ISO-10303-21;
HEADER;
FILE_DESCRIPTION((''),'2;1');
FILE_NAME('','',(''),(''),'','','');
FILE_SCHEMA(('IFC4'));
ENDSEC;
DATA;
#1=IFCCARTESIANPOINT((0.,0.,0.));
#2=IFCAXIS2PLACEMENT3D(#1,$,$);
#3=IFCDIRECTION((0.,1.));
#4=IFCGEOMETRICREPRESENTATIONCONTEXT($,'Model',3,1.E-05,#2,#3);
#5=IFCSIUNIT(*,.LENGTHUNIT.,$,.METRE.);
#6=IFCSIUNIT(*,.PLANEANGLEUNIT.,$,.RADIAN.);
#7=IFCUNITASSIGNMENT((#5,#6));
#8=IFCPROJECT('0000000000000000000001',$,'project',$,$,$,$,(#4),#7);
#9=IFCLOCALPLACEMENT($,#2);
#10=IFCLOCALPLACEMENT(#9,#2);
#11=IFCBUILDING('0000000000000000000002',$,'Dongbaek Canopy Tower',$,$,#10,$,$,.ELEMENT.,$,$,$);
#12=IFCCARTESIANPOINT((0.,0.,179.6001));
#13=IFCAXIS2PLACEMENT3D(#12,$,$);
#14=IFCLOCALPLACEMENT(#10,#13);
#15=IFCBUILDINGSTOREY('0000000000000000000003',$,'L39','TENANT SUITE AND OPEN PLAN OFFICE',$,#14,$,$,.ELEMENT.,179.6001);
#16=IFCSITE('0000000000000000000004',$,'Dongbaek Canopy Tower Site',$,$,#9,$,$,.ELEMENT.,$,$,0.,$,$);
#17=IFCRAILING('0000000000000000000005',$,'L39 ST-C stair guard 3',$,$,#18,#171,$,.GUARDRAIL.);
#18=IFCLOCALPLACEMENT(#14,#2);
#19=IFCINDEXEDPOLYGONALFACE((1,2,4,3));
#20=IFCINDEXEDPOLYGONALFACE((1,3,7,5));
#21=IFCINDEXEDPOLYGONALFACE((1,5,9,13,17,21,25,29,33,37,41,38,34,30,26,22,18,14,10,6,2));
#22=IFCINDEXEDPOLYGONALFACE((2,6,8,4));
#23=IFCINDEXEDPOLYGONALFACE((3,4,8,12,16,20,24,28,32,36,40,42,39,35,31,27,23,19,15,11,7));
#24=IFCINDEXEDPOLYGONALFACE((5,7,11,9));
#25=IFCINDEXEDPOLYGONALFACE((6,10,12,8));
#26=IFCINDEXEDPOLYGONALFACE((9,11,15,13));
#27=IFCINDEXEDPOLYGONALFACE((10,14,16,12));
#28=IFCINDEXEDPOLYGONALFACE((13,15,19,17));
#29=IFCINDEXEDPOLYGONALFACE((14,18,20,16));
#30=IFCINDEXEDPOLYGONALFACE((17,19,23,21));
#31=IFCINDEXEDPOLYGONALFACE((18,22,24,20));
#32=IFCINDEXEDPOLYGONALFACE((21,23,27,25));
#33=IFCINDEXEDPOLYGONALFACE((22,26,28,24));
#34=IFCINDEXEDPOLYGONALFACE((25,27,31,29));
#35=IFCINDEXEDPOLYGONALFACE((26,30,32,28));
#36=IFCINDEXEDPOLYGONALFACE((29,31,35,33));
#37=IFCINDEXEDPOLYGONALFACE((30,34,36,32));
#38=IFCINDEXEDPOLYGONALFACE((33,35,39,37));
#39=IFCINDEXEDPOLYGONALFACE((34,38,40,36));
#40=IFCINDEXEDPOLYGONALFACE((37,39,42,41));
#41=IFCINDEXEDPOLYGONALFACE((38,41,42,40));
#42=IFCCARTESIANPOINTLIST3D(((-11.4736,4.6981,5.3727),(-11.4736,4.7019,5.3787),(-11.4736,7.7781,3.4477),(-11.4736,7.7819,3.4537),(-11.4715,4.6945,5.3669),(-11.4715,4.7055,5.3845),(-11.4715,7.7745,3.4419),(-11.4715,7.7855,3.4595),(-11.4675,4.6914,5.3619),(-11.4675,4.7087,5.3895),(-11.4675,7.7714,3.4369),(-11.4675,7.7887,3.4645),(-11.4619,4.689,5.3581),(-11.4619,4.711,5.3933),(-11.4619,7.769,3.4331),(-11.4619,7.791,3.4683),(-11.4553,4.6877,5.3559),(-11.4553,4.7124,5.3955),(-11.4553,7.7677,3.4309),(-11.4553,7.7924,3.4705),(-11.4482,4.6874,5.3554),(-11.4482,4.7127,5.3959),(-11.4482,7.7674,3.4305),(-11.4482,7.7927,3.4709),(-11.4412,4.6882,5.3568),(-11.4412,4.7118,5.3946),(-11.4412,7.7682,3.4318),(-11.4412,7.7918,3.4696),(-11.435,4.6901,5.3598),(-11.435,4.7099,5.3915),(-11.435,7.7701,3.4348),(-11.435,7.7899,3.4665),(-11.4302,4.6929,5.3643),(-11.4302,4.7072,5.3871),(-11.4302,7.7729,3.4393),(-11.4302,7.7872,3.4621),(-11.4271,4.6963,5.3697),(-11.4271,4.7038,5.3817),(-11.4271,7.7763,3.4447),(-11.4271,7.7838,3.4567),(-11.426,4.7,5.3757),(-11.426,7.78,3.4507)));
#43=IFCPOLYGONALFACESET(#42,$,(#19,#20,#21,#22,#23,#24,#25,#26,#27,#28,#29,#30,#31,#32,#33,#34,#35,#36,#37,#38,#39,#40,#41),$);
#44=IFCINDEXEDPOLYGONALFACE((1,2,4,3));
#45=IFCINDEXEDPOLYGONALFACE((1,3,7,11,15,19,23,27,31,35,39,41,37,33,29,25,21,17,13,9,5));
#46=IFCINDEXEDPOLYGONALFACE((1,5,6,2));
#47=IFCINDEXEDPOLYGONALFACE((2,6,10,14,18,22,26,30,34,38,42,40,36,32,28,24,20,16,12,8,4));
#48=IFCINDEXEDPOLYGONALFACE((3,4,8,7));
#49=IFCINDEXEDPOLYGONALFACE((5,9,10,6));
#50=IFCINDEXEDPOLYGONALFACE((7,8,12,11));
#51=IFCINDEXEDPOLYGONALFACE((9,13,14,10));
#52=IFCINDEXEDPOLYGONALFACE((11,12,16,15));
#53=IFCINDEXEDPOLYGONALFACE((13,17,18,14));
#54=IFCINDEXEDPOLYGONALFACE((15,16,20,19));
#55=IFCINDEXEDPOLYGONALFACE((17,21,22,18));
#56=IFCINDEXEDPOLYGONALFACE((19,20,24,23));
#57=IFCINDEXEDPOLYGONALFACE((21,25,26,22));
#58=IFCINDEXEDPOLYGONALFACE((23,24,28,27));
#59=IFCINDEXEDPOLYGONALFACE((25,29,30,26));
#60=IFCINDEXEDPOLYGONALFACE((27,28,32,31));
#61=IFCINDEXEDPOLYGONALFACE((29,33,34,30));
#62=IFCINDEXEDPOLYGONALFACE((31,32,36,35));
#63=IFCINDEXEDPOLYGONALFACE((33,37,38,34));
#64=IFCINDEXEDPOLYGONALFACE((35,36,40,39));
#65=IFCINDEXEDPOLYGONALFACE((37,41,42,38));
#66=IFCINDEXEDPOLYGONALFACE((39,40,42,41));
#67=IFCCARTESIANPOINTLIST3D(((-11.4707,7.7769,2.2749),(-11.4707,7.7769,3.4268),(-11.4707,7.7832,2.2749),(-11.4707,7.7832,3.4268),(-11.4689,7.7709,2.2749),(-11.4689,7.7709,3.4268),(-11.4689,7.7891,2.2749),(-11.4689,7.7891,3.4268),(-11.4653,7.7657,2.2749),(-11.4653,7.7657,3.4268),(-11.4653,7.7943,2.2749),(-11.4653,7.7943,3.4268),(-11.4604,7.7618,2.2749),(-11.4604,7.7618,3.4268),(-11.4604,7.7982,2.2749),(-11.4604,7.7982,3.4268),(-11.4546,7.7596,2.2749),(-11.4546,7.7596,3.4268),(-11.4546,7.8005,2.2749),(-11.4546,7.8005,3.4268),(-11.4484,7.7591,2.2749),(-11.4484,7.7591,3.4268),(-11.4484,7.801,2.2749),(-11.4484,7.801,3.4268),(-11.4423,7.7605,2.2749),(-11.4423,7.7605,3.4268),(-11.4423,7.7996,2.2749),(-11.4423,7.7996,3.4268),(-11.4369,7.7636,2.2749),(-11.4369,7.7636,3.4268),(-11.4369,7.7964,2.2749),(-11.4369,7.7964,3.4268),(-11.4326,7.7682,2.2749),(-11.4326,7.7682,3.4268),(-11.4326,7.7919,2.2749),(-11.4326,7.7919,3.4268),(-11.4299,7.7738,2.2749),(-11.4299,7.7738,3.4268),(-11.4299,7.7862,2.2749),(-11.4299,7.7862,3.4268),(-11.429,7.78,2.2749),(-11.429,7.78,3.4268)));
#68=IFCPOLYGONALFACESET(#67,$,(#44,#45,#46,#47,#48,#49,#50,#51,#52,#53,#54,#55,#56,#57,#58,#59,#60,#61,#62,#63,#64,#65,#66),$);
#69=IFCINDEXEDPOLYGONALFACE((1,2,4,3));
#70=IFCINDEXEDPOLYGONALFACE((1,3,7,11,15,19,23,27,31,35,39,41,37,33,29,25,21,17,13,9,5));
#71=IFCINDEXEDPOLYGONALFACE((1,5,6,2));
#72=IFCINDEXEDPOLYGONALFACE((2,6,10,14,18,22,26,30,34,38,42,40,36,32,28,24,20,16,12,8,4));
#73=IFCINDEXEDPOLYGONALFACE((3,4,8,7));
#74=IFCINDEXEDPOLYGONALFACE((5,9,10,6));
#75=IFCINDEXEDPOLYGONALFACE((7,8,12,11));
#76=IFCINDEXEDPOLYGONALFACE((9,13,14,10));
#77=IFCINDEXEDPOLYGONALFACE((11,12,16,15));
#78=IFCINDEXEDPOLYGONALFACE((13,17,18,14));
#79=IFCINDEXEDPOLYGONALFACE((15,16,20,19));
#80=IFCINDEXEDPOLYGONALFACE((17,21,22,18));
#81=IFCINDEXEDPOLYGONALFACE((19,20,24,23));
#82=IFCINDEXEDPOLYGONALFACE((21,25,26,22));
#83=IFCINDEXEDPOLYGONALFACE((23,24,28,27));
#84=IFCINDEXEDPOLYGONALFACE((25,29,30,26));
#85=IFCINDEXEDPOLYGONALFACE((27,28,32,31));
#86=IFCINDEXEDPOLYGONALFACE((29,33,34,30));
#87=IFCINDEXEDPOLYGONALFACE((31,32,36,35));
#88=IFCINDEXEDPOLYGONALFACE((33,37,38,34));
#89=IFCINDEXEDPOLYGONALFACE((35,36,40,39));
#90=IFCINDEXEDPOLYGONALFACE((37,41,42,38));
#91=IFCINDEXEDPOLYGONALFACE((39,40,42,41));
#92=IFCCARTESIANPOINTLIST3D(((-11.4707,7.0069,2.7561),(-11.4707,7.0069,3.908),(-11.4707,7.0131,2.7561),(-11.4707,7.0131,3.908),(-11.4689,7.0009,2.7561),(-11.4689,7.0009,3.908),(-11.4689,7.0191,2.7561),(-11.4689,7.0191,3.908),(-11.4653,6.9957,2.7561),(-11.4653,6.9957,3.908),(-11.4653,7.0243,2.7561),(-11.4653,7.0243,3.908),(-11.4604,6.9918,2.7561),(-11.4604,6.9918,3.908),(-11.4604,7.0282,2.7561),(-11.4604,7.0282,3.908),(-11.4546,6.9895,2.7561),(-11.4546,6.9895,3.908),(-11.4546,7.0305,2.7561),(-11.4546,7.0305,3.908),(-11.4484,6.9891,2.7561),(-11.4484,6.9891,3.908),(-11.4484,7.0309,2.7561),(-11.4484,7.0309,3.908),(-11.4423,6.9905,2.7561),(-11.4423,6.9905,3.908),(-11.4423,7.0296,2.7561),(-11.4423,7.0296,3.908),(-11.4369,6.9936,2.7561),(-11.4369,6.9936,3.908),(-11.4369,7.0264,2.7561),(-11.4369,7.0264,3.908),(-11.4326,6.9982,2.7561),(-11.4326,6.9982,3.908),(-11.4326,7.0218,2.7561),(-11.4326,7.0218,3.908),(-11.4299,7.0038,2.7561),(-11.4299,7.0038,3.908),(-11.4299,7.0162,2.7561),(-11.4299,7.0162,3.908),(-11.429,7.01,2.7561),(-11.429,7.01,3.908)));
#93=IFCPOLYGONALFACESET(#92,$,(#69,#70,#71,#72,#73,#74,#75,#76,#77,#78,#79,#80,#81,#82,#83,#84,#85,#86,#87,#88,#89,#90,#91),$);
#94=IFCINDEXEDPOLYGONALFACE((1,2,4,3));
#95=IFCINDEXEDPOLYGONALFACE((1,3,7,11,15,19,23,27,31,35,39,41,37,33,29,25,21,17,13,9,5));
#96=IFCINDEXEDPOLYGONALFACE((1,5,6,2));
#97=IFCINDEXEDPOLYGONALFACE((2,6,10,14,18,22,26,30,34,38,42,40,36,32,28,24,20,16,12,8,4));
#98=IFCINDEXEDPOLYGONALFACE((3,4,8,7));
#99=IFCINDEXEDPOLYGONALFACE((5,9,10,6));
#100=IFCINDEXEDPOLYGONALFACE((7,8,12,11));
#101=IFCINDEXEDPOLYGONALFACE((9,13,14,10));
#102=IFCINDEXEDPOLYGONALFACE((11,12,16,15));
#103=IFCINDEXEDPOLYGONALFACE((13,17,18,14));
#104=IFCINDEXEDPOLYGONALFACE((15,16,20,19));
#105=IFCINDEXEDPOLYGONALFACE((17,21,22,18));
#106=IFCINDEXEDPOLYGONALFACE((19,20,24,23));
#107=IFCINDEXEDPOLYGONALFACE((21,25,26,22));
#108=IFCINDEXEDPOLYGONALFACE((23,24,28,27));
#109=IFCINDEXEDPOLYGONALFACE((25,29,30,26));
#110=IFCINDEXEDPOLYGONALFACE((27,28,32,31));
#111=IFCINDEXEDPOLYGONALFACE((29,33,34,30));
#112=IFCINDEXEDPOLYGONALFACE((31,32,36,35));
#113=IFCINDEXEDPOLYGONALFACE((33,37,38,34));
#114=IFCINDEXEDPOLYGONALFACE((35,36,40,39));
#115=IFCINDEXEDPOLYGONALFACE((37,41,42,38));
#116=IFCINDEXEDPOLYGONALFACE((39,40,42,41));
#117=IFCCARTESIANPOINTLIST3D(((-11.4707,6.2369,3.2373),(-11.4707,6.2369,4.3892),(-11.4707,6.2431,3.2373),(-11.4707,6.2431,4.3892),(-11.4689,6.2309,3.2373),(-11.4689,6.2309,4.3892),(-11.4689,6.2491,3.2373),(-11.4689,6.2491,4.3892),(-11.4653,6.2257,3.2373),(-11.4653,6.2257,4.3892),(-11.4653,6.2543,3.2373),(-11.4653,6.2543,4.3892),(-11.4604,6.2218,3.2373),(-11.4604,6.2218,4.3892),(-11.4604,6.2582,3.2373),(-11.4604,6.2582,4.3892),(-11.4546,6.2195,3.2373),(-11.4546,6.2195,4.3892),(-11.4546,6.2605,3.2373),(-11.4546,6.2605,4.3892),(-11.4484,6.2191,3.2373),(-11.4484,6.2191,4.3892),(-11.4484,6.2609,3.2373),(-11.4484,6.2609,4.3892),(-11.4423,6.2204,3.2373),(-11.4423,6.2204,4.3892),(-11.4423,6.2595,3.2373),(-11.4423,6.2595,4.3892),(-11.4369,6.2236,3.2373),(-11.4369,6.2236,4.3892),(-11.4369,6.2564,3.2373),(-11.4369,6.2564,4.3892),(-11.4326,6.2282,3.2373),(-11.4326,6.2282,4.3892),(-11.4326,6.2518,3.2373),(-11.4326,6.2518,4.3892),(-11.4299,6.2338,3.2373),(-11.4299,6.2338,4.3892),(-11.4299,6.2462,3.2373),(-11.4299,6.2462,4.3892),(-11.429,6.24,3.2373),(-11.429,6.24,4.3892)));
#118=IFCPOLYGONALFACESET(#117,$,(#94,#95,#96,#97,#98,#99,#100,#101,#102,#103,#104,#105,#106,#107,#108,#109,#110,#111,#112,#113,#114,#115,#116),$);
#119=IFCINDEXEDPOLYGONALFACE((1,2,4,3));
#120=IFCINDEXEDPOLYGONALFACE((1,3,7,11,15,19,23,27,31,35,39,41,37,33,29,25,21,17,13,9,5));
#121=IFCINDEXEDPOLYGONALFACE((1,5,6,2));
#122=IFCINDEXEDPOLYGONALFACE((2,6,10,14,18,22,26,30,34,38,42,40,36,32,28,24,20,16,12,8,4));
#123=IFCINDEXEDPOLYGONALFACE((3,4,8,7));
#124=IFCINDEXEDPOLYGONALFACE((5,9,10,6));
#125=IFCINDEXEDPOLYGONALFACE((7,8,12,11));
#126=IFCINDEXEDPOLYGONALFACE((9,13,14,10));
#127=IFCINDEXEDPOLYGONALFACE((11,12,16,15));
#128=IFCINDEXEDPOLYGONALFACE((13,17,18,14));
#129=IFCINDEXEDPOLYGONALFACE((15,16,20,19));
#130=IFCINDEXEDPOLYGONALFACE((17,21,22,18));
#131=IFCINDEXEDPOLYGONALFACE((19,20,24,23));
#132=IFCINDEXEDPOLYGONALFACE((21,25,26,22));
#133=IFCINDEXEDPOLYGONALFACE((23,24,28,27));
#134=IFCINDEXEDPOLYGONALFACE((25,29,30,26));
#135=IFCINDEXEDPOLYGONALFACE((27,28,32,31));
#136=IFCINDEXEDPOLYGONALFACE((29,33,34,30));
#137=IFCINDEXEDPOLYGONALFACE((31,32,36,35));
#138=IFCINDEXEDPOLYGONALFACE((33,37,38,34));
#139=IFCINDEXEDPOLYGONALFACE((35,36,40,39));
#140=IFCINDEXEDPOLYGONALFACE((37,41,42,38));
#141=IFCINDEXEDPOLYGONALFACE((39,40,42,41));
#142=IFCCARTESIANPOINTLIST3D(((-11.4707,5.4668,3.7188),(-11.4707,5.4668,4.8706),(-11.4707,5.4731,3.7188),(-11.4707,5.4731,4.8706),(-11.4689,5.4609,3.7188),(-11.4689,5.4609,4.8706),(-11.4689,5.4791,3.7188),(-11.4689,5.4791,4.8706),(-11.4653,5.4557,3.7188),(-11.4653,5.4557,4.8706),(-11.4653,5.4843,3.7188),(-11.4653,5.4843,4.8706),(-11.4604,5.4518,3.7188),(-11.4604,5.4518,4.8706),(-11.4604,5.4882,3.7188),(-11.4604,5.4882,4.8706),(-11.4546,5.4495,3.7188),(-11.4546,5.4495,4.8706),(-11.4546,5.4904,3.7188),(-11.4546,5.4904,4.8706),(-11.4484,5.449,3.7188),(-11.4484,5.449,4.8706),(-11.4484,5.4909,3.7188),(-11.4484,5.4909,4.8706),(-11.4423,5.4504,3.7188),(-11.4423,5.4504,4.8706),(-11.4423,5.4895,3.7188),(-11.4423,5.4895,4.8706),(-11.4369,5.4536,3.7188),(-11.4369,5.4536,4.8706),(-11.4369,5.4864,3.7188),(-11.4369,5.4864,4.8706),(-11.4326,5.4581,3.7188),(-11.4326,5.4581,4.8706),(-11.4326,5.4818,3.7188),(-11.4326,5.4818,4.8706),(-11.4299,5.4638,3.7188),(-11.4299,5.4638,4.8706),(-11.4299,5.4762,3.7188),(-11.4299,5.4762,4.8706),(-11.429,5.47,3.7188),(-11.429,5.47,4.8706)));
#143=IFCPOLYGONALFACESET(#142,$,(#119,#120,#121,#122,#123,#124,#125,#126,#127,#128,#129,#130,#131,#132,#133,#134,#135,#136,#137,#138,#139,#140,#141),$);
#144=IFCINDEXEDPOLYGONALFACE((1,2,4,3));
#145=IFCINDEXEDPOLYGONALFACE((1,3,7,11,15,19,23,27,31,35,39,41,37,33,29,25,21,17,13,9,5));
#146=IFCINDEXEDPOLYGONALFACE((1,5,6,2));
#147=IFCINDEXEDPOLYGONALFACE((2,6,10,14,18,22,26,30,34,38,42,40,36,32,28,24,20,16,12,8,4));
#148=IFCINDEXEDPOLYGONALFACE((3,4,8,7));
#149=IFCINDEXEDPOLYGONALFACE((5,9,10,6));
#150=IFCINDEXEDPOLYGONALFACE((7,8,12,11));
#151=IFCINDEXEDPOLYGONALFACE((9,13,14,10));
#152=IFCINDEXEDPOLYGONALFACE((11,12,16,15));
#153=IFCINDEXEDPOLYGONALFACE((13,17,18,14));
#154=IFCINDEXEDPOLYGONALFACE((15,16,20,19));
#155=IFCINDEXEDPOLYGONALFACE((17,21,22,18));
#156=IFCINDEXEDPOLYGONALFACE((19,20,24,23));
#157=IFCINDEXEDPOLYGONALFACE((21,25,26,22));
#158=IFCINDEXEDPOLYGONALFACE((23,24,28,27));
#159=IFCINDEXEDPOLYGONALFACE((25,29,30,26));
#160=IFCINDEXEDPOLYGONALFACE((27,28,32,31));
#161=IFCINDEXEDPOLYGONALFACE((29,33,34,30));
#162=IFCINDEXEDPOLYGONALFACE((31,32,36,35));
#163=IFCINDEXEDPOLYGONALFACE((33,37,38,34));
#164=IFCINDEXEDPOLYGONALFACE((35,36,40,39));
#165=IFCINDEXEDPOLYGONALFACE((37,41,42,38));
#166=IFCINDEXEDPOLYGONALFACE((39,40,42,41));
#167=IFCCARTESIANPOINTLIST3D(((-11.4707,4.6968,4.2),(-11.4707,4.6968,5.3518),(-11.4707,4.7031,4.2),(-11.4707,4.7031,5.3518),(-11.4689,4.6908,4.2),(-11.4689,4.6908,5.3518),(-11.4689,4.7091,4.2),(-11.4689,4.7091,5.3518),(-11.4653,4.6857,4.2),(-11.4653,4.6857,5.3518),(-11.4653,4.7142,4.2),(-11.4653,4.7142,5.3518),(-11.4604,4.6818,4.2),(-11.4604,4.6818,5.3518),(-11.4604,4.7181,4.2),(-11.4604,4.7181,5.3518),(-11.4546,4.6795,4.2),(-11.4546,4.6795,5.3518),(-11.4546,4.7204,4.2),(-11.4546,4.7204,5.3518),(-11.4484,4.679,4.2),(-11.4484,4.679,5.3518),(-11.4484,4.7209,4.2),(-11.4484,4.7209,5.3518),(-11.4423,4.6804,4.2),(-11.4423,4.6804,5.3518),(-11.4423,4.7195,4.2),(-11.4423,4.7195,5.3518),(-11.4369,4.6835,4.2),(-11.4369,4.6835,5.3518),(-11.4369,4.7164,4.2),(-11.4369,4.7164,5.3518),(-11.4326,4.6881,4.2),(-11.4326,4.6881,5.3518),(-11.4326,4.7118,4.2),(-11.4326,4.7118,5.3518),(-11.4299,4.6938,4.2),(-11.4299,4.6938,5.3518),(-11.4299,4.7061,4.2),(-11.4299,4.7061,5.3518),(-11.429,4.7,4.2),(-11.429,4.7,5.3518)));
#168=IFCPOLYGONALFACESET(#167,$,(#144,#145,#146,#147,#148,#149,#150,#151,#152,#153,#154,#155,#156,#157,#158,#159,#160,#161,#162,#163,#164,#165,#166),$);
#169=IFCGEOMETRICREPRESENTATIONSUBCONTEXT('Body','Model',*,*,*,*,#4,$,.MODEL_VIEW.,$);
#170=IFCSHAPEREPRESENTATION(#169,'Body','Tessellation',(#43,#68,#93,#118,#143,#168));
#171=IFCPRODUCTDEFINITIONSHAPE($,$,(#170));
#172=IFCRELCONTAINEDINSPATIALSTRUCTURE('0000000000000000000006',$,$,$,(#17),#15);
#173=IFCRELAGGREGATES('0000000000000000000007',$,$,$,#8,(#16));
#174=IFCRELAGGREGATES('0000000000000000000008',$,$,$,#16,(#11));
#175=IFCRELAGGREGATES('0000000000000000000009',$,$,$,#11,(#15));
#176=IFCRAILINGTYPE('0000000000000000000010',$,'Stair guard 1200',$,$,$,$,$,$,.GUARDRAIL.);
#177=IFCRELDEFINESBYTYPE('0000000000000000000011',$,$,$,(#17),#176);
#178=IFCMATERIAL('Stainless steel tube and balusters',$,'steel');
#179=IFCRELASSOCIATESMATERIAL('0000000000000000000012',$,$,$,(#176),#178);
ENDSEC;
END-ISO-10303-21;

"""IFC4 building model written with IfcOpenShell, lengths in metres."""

from ifc_helpers import new_model, si_unit, direction, frame, origin, origin_2d, place, context, subcontext, project, spatial, circle, extrude, material, type_object, element, save


model = new_model("IFC4")

# Units and contexts
model_context = context("Model", 3, precision=1e-05, world=origin(), true_north=direction((0.0, 1.0)))
body_context = subcontext(model_context, "Body", "Model", "MODEL_VIEW")
ifc_project = project(units=[si_unit("LENGTHUNIT", "METRE"), si_unit("PLANEANGLEUNIT", "RADIAN")], contexts=[model_context])

# Site, building, storey
site_placement = place(None, origin())
site = spatial("IfcSite", under=ifc_project, at=site_placement, Name="Dongbaek Canopy Tower Site", CompositionType="ELEMENT", RefElevation=0.0)
building_placement = place(site_placement, origin())
building = spatial("IfcBuilding", under=site, at=building_placement, Name="Dongbaek Canopy Tower", CompositionType="ELEMENT")
storey_placement = place(building_placement, frame((0.0, 0.0, 179.6001)))
storey = spatial("IfcBuildingStorey", under=building, at=storey_placement, Name="L39", Description="TENANT SUITE AND OPEN PLAN OFFICE", CompositionType="ELEMENT", Elevation=179.6001)

# Railing
ifc_material_1 = material(Name="Stainless steel tube and balusters", Category="steel")
railing_type_1 = type_object("IfcRailingType", Name="Stair guard 1200", PredefinedType="GUARDRAIL", material=ifc_material_1)
railing_1_placement = place(storey_placement, frame((-11.45, 7.78, 2.2749)))
element("IfcRailing", 1, at=railing_1_placement, inside=storey, type_object=railing_type_1, Name="L39 ST-C stair guard 3", PredefinedType="GUARDRAIL", context=body_context, shape_type="SweptSolid", body=[
    extrude(circle(Radius=0.0239, at=origin_2d()), frame((0.0, 0.0, 1.1758), z_axis=(0.0, -0.847998, 0.529999), x_axis=(1.0, 0.0, 0.0)), (0.0, 0.0, 1.0), 3.6321),
    extrude(circle(Radius=0.021, at=origin_2d()), origin(), (0.0, 0.0, 1.0), 1.1519),
    extrude(circle(Radius=0.021, at=origin_2d()), frame((0.0, -0.77, 0.4812)), (0.0, 0.0, 1.0), 1.1519),
    extrude(circle(Radius=0.021, at=origin_2d()), frame((0.0, -1.54, 0.9624)), (0.0, 0.0, 1.0), 1.1519),
    extrude(circle(Radius=0.021, at=origin_2d()), frame((0.0, -2.3101, 1.4438)), (0.0, 0.0, 1.0), 1.1519),
    extrude(circle(Radius=0.021, at=origin_2d()), frame((0.0, -3.0801, 1.925)), (0.0, 0.0, 1.0), 1.1519),
])

save(model, "model.ifc")
